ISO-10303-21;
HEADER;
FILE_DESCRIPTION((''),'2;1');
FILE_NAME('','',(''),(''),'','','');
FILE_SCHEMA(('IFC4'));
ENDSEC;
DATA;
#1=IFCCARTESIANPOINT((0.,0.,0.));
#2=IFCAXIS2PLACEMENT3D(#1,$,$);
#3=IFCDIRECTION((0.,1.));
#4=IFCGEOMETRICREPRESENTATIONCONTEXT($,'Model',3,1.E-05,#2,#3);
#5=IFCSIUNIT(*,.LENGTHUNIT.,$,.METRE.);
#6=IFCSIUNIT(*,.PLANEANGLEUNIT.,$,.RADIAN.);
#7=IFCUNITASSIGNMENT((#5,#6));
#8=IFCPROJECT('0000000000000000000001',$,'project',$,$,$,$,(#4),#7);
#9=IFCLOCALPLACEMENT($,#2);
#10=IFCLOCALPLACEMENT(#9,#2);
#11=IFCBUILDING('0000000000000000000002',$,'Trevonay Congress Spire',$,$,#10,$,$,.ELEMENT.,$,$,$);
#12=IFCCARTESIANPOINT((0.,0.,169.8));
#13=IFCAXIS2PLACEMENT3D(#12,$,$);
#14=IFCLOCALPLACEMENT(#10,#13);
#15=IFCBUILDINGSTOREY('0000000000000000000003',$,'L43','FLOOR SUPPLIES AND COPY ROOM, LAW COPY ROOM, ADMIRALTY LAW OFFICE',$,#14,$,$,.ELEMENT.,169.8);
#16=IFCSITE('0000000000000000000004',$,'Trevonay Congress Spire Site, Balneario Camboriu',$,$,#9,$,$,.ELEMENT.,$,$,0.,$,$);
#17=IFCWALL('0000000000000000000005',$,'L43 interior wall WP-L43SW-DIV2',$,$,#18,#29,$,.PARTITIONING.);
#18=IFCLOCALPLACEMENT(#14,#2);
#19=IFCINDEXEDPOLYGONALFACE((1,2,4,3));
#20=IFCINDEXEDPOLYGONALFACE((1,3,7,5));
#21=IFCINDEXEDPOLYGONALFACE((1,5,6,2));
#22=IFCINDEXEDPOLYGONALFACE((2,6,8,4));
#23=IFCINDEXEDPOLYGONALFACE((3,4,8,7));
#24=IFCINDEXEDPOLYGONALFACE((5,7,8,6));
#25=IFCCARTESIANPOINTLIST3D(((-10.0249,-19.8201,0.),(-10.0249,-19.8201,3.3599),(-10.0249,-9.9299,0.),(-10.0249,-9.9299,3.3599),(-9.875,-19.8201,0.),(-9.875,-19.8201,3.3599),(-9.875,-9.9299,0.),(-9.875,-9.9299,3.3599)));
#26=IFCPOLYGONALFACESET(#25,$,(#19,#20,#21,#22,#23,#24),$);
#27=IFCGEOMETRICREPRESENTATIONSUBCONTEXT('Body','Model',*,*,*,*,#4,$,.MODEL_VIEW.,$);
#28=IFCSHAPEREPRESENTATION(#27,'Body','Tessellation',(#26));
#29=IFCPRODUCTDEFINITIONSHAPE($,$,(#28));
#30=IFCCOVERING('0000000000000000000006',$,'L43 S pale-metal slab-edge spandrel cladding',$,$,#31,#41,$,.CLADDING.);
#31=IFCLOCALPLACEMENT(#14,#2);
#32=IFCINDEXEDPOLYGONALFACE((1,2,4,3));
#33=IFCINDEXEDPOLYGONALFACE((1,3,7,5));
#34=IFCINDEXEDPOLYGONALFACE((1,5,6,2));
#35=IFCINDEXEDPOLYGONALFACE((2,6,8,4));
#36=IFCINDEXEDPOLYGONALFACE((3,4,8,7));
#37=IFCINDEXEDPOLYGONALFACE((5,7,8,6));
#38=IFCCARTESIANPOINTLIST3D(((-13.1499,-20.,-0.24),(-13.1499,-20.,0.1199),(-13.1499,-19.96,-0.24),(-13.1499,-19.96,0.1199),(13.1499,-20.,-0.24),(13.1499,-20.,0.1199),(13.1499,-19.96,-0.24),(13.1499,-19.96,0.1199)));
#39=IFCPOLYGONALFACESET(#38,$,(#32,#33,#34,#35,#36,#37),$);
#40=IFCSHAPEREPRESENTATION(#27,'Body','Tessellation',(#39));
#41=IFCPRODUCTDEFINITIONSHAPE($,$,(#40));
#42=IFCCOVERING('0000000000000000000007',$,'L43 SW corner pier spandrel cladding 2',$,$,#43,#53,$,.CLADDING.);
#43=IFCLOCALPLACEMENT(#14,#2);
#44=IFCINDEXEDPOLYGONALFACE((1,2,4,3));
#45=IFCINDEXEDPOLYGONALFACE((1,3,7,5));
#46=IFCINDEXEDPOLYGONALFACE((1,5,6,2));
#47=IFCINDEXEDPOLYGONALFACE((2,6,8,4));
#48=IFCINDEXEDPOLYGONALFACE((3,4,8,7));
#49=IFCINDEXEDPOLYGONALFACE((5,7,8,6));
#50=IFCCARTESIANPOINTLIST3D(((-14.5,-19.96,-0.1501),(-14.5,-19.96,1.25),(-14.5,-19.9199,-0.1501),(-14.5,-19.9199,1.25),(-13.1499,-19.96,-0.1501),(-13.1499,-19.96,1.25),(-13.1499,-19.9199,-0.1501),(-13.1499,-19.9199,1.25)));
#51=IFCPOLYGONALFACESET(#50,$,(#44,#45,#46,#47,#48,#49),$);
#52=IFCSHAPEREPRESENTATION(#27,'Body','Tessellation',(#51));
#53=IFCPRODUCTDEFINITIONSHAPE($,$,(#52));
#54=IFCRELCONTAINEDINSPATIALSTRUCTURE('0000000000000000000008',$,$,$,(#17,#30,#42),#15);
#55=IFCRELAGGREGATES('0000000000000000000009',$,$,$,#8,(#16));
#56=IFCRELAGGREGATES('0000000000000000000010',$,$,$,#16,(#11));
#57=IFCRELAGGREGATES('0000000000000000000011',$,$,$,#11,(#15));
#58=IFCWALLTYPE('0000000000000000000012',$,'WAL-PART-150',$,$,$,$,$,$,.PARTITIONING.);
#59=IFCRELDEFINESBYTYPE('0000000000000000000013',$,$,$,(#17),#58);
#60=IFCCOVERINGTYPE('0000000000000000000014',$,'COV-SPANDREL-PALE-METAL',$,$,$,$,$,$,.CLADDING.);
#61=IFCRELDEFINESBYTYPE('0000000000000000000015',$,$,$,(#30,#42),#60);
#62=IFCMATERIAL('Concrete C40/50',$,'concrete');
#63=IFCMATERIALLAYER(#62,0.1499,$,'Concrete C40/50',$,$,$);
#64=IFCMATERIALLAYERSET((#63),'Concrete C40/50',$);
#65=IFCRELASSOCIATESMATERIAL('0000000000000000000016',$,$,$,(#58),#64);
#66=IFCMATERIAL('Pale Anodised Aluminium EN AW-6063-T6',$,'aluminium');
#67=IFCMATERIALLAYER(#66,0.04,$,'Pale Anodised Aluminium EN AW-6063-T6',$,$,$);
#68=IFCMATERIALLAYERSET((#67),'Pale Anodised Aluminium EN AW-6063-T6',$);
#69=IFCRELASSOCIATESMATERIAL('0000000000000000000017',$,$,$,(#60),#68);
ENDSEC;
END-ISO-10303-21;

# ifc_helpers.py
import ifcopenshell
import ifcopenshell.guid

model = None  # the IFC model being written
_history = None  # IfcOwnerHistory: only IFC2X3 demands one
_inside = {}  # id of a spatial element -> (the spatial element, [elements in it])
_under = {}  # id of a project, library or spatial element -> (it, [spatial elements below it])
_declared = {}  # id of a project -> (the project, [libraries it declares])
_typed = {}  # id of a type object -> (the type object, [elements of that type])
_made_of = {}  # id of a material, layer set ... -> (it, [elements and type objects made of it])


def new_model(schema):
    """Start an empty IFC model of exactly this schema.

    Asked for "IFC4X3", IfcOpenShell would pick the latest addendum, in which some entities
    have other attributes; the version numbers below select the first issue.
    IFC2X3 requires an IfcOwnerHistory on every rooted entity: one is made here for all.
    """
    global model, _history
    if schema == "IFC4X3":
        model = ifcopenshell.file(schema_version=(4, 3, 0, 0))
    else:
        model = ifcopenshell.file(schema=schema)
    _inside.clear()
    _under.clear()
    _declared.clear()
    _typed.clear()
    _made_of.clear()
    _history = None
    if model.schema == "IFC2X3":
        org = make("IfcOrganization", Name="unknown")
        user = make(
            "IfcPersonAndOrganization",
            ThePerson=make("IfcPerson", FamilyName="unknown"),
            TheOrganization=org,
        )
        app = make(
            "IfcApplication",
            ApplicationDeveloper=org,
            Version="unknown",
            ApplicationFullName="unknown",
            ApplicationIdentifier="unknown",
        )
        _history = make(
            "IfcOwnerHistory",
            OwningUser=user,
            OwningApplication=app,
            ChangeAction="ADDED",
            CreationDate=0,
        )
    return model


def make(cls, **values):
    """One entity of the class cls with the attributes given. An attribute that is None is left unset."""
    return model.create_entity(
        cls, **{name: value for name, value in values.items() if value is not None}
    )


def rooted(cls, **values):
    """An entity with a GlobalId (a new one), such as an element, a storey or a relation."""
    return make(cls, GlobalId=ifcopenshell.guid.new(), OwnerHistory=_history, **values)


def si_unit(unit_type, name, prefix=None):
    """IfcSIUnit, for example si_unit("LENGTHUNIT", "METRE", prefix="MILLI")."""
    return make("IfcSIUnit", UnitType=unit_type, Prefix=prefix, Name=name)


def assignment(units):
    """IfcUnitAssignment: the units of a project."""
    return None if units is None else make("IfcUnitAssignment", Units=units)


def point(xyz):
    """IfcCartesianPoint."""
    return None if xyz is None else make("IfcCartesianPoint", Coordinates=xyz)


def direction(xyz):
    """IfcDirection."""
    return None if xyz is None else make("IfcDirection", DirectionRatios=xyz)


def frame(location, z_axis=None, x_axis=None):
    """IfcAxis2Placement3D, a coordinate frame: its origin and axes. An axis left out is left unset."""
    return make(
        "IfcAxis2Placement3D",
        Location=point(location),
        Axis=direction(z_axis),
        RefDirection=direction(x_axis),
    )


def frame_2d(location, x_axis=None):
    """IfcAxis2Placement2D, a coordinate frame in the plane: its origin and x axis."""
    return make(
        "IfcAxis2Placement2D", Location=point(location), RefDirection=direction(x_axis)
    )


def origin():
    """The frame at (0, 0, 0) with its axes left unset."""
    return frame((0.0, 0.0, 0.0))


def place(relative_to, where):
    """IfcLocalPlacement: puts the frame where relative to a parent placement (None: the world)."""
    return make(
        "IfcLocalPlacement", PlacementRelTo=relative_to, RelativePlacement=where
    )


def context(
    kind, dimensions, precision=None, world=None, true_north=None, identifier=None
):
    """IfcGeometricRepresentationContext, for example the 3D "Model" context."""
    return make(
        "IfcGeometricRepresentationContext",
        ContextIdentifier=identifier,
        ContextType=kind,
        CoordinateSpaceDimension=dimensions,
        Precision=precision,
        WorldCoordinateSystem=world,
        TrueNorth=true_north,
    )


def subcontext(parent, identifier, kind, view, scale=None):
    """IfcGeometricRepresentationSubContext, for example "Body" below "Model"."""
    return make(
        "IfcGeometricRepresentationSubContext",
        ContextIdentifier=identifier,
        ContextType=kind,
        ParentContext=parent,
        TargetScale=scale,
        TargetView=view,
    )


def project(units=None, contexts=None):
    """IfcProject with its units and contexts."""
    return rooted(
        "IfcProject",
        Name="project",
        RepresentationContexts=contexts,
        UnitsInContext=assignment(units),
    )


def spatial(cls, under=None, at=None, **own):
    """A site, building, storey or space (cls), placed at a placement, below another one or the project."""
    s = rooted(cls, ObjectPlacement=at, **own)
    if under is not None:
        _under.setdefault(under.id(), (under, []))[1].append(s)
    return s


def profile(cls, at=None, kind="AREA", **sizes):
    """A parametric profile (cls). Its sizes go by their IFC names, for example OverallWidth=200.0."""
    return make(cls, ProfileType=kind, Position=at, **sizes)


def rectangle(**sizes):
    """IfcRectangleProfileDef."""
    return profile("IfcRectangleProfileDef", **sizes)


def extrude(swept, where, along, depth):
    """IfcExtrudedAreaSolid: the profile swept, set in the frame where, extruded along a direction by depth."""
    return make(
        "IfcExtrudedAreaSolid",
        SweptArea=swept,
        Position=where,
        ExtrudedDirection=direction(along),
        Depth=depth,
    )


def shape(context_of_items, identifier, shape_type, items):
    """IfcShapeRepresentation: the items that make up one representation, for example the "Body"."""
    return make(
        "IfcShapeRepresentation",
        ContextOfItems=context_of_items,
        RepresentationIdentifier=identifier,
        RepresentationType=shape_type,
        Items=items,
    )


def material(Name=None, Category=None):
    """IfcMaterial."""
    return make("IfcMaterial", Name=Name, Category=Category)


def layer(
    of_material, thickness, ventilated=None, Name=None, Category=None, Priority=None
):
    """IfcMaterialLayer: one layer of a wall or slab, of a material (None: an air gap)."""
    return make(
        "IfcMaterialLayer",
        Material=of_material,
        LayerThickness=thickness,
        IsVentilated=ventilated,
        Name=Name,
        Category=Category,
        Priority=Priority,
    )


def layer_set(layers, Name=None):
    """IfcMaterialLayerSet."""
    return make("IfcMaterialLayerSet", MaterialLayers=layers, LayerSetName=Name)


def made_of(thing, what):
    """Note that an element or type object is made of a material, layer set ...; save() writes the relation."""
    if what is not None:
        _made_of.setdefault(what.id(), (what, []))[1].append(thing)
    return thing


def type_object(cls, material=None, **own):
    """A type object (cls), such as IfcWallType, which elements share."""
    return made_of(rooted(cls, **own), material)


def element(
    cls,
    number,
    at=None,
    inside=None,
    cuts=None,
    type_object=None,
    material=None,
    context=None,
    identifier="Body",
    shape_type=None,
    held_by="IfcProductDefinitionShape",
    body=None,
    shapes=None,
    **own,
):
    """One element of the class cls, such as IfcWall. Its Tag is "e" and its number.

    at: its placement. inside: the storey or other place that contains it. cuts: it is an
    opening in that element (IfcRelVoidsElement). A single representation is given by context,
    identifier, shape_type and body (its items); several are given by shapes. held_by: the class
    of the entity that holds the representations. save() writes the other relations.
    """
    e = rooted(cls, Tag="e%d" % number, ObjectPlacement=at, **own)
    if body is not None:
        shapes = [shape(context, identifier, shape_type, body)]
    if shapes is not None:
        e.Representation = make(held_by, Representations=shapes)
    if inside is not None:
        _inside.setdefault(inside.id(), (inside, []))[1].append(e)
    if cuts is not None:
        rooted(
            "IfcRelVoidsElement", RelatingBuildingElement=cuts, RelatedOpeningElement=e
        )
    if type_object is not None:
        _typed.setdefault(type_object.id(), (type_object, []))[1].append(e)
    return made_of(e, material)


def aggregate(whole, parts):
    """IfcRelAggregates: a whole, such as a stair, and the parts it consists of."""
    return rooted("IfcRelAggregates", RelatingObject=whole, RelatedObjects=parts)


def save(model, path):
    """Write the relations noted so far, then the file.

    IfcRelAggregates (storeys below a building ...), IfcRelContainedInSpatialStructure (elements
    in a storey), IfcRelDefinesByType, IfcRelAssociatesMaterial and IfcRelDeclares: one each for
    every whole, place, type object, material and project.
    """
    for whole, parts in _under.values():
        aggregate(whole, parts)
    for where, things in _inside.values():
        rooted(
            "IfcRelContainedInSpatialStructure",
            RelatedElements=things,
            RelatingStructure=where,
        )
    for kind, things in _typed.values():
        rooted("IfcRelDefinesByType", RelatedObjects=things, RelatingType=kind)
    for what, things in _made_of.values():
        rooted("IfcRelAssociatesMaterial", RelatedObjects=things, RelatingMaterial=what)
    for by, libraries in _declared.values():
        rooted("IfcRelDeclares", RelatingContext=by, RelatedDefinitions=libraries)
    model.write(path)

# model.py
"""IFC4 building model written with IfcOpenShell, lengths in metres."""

from ifc_helpers import new_model, si_unit, direction, frame, frame_2d, origin, place, context, subcontext, project, spatial, rectangle, extrude, material, layer, layer_set, type_object, element, save


model = new_model("IFC4")

# Units and contexts
model_context = context("Model", 3, precision=1e-05, world=origin(), true_north=direction((0.0, 1.0)))
body_context = subcontext(model_context, "Body", "Model", "MODEL_VIEW")
ifc_project = project(units=[si_unit("LENGTHUNIT", "METRE"), si_unit("PLANEANGLEUNIT", "RADIAN")], contexts=[model_context])

# Site, building, storey
site_placement = place(None, origin())
site = spatial("IfcSite", under=ifc_project, at=site_placement, Name="Trevonay Congress Spire Site, Balneario Camboriu", CompositionType="ELEMENT", RefElevation=0.0)
building_placement = place(site_placement, origin())
building = spatial("IfcBuilding", under=site, at=building_placement, Name="Trevonay Congress Spire", CompositionType="ELEMENT")
storey_placement = place(building_placement, frame((0.0, 0.0, 169.8)))
storey = spatial("IfcBuildingStorey", under=building, at=storey_placement, Name="L43", Description="FLOOR SUPPLIES AND COPY ROOM, LAW COPY ROOM, ADMIRALTY LAW OFFICE", CompositionType="ELEMENT", Elevation=169.8)

# Wall
ifc_material_1 = material(Name="Concrete C40/50", Category="concrete")
ifc_layer_1 = layer(ifc_material_1, 0.1499, Name="Concrete C40/50")
ifc_layer_set_1 = layer_set([ifc_layer_1], Name="Concrete C40/50")
wall_type_1 = type_object("IfcWallType", Name="WAL-PART-150", PredefinedType="PARTITIONING", material=ifc_layer_set_1)
for number, where, z_axis, x_axis, name in (
    (1, (-9.95, -19.8201, 0.0), (0.0, 0.0, 1.0), (0.0, 1.0, 0.0), "L43 interior wall WP-L43SW-DIV2"),
):
    element("IfcWall", number, at=place(storey_placement, frame(where, z_axis=z_axis, x_axis=x_axis)), inside=storey, type_object=wall_type_1, Name=name, PredefinedType="PARTITIONING", context=body_context, shape_type="SweptSolid", body=[
        extrude(rectangle(XDim=9.8901, YDim=0.1499, at=frame_2d((4.9451, 0.0))), origin(), (0.0, 0.0, 1.0), 3.3599),
    ])

# Coverings
ifc_material_2 = material(Name="Pale Anodised Aluminium EN AW-6063-T6", Category="aluminium")
ifc_layer_2 = layer(ifc_material_2, 0.04, Name="Pale Anodised Aluminium EN AW-6063-T6")
ifc_layer_set_2 = layer_set([ifc_layer_2], Name="Pale Anodised Aluminium EN AW-6063-T6")
covering_type = type_object("IfcCoveringType", Name="COV-SPANDREL-PALE-METAL", PredefinedType="CLADDING", material=ifc_layer_set_2)
covering_1_placement = place(storey_placement, frame((-13.1499, -19.98, -0.24), z_axis=(0.0, 0.0, 1.0), x_axis=(1.0, 0.0, 0.0)))
element("IfcCovering", 2, at=covering_1_placement, inside=storey, type_object=covering_type, Name="L43 S pale-metal slab-edge spandrel cladding", PredefinedType="CLADDING", context=body_context, shape_type="SweptSolid", body=[
    extrude(rectangle(XDim=26.2998, YDim=0.04, at=frame_2d((13.1499, 0.0))), origin(), (0.0, 0.0, 1.0), 0.3599),
])
covering_2_placement = place(storey_placement, frame((-13.1499, -19.9399, -0.1501), z_axis=(0.0, 0.0, 1.0), x_axis=(-1.0, 0.0, 0.0)))
element("IfcCovering", 3, at=covering_2_placement, inside=storey, type_object=covering_type, Name="L43 SW corner pier spandrel cladding 2", PredefinedType="CLADDING", context=body_context, shape_type="SweptSolid", body=[
    extrude(rectangle(XDim=1.3501, YDim=0.04, at=frame_2d((0.675, 0.0))), origin(), (0.0, 0.0, 1.0), 1.4001),
])

save(model, "model.ifc")
